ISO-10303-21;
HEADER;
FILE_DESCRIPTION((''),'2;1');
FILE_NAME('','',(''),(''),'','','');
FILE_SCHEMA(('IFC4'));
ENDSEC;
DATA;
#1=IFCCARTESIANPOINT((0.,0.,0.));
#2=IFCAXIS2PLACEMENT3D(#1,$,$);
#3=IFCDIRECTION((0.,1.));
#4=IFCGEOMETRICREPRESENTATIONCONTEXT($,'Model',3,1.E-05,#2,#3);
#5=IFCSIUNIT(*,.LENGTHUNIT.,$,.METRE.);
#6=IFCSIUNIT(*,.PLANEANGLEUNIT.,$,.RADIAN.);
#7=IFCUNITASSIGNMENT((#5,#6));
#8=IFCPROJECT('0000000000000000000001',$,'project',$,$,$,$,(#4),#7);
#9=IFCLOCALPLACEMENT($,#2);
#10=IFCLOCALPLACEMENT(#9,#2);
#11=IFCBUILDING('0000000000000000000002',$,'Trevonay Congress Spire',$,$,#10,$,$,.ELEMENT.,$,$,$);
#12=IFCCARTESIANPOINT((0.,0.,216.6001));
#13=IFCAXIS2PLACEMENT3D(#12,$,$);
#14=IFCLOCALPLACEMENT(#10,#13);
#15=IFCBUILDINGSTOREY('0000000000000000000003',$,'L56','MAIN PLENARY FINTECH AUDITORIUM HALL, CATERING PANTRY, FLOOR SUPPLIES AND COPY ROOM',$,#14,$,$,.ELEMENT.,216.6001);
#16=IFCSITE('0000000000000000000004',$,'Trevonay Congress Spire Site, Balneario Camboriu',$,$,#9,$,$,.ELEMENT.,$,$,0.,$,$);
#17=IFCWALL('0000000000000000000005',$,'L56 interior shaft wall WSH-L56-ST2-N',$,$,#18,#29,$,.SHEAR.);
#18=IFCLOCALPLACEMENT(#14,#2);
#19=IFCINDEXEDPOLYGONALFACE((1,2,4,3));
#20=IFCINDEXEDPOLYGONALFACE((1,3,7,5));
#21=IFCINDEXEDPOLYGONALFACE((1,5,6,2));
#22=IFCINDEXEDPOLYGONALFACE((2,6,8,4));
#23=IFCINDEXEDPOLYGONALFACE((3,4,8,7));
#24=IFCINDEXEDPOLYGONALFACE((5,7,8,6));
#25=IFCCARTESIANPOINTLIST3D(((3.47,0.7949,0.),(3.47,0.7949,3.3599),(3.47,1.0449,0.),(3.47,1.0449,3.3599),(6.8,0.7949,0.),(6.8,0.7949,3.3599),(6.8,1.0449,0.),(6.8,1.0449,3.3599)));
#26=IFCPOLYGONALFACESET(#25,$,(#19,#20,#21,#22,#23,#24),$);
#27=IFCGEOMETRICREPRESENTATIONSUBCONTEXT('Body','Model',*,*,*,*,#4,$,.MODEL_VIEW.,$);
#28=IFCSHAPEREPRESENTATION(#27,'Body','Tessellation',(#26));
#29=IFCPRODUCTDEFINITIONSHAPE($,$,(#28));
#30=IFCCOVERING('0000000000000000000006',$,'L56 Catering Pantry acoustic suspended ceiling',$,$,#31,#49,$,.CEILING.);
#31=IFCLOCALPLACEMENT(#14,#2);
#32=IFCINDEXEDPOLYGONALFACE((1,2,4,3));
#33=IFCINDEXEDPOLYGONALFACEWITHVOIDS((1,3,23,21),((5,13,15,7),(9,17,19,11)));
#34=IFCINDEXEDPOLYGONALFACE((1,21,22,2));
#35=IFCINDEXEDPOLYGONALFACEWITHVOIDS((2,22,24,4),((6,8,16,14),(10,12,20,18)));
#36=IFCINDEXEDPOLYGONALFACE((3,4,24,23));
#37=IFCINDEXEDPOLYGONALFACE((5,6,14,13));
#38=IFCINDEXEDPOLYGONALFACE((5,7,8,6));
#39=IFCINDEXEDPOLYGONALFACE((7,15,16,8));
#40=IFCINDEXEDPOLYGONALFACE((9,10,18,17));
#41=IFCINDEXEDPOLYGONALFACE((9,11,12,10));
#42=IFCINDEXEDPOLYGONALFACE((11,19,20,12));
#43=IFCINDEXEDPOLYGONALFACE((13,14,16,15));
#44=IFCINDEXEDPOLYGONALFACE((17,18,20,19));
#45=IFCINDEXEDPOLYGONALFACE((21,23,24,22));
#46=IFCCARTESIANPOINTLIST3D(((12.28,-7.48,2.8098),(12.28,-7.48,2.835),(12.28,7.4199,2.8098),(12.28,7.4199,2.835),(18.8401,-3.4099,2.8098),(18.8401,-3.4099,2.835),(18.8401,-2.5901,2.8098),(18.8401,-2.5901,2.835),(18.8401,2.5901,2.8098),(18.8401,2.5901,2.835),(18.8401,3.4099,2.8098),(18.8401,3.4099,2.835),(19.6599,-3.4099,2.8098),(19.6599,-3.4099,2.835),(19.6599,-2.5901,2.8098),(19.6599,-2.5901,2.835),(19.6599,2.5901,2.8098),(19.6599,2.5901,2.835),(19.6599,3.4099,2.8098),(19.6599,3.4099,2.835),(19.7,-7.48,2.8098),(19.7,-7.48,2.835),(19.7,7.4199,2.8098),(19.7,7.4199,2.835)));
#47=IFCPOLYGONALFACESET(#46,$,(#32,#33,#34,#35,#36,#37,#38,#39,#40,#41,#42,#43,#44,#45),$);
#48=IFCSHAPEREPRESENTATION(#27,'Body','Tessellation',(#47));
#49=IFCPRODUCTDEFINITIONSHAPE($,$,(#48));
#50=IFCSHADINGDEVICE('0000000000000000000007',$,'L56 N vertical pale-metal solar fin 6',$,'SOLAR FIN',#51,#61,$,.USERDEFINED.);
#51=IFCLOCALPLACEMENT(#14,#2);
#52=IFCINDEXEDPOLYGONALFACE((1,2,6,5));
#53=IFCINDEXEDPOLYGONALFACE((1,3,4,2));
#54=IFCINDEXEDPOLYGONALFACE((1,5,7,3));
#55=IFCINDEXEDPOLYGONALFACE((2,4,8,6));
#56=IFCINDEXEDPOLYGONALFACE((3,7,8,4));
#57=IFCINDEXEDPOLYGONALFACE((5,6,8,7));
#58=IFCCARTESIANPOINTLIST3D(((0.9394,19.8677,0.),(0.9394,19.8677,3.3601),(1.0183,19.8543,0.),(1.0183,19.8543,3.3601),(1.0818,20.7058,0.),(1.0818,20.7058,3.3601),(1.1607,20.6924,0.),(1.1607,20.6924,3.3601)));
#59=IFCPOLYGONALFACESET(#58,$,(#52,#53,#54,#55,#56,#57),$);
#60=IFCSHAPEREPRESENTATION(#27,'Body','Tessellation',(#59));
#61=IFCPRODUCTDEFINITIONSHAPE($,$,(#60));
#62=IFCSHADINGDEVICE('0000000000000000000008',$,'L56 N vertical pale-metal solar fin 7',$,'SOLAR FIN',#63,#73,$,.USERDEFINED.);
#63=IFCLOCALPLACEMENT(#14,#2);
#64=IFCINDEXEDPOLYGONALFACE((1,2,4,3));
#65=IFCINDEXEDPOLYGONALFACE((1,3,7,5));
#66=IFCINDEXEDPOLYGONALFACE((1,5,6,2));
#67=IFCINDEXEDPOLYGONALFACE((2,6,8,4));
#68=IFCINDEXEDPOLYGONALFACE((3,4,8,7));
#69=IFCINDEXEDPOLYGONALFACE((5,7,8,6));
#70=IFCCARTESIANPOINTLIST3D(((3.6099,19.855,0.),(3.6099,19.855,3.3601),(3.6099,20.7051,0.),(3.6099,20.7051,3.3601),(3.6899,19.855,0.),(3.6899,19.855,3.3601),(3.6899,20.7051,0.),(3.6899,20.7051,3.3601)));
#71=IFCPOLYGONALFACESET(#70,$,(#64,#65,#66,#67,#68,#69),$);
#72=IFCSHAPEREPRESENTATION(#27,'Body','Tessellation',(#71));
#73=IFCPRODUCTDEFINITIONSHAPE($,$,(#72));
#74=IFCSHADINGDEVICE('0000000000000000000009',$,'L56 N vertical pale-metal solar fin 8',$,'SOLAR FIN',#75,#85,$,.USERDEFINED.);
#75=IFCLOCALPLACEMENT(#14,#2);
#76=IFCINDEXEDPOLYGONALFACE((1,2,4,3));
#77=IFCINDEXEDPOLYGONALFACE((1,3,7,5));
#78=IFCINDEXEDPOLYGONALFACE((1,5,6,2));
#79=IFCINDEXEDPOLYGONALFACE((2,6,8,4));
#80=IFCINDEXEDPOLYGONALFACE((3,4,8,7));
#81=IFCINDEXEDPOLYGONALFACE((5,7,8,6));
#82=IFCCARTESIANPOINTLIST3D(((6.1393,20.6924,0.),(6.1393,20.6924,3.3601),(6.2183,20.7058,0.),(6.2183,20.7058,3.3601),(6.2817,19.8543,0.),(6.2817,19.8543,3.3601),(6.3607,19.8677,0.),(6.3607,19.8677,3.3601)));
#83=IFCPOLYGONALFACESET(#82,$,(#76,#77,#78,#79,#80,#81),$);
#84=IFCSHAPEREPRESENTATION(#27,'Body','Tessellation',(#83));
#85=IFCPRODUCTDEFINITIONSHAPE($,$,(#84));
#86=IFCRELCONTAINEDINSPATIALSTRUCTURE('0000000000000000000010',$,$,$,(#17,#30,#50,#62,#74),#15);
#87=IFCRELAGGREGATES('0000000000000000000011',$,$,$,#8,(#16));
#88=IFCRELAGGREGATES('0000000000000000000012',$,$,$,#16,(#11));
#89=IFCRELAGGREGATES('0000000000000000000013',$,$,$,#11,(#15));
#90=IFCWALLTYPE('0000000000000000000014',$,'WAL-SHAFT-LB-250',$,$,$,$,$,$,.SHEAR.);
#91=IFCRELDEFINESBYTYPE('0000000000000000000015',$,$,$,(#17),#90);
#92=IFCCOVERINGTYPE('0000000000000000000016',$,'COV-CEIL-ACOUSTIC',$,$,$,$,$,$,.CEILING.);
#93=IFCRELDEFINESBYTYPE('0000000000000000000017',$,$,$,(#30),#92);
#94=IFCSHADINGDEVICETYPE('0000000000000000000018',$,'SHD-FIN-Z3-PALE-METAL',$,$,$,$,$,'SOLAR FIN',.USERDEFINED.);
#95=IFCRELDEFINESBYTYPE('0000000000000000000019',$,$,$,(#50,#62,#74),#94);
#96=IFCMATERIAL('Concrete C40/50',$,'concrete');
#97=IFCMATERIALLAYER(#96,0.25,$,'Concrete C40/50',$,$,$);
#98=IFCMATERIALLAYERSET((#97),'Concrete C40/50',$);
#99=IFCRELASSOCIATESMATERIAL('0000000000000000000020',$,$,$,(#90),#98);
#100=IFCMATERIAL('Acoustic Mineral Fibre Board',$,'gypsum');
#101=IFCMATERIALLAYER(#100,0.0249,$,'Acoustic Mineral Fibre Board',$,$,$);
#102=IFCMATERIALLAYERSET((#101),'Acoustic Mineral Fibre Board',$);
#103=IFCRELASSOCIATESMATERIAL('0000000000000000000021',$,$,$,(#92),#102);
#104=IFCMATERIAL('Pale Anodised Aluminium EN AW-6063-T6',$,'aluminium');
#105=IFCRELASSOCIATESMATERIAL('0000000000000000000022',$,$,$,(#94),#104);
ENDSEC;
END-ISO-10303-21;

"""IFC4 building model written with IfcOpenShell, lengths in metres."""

from ifc_helpers import new_model, si_unit, direction, frame, frame_2d, origin, origin_2d, place, context, subcontext, project, spatial, polyline, rectangle, outline, extrude, material, layer, layer_set, type_object, element, save


model = new_model("IFC4")

# Units and contexts
model_context = context("Model", 3, precision=1e-05, world=origin(), true_north=direction((0.0, 1.0)))
body_context = subcontext(model_context, "Body", "Model", "MODEL_VIEW")
ifc_project = project(units=[si_unit("LENGTHUNIT", "METRE"), si_unit("PLANEANGLEUNIT", "RADIAN")], contexts=[model_context])

# Site, building, storey
site_placement = place(None, origin())
site = spatial("IfcSite", under=ifc_project, at=site_placement, Name="Trevonay Congress Spire Site, Balneario Camboriu", CompositionType="ELEMENT", RefElevation=0.0)
building_placement = place(site_placement, origin())
building = spatial("IfcBuilding", under=site, at=building_placement, Name="Trevonay Congress Spire", CompositionType="ELEMENT")
storey_placement = place(building_placement, frame((0.0, 0.0, 216.6001)))
storey = spatial("IfcBuildingStorey", under=building, at=storey_placement, Name="L56", Description="MAIN PLENARY FINTECH AUDITORIUM HALL, CATERING PANTRY, FLOOR SUPPLIES AND COPY ROOM", CompositionType="ELEMENT", Elevation=216.6001)

# Shared definitions
ifc_material_1 = material(Name="Pale Anodised Aluminium EN AW-6063-T6", Category="aluminium")

# Shared definitions
ifc_material_2 = material(Name="Concrete C40/50", Category="concrete")

# Wall
ifc_layer_1 = layer(ifc_material_2, 0.25, Name="Concrete C40/50")
ifc_layer_set_1 = layer_set([ifc_layer_1], Name="Concrete C40/50")
wall_type_1 = type_object("IfcWallType", Name="WAL-SHAFT-LB-250", PredefinedType="SHEAR", material=ifc_layer_set_1)
wall_1_placement = place(storey_placement, frame((3.47, 0.9199, 0.0), z_axis=(0.0, 0.0, 1.0), x_axis=(1.0, 0.0, 0.0)))
element("IfcWall", 1, at=wall_1_placement, inside=storey, type_object=wall_type_1, Name="L56 interior shaft wall WSH-L56-ST2-N", PredefinedType="SHEAR", context=body_context, shape_type="SweptSolid", body=[
    extrude(rectangle(XDim=3.3301, YDim=0.25, at=frame_2d((1.665, 0.0))), origin(), (0.0, 0.0, 1.0), 3.3599),
])

# Covering
ifc_material_3 = material(Name="Acoustic Mineral Fibre Board", Category="gypsum")
ifc_layer_2 = layer(ifc_material_3, 0.0249, Name="Acoustic Mineral Fibre Board")
ifc_layer_set_2 = layer_set([ifc_layer_2], Name="Acoustic Mineral Fibre Board")
covering_type = type_object("IfcCoveringType", Name="COV-CEIL-ACOUSTIC", PredefinedType="CEILING", material=ifc_layer_set_2)
covering_placement = place(storey_placement, frame((0.0, 0.0, 2.8098)))
element("IfcCovering", 2, at=covering_placement, inside=storey, type_object=covering_type, Name="L56 Catering Pantry acoustic suspended ceiling", PredefinedType="CEILING", context=body_context, shape_type="SweptSolid", body=[
    extrude(outline(polyline([(12.28, 7.4199), (19.7, 7.4199), (19.7, -7.48), (12.28, -7.48), (12.28, 7.4199)]), holes=[polyline([(18.8401, -3.4099), (19.6599, -3.4099), (19.6599, -2.5901), (18.8401, -2.5901), (18.8401, -3.4099)]), polyline([(18.8401, 2.5901), (19.6599, 2.5901), (19.6599, 3.4099), (18.8401, 3.4099), (18.8401, 2.5901)])]), origin(), (0.0, 0.0, 1.0), 0.0251),
])

# Shading devices
shading_device_type = type_object("IfcShadingDeviceType", Name="SHD-FIN-Z3-PALE-METAL", ElementType="SOLAR FIN", PredefinedType="USERDEFINED", material=ifc_material_1)
for number, where, z_axis, x_axis, name in (
    (3, (1.05, 20.28, 0.0), (0.0, 0.0, 1.0), (0.985879, -0.167457, 0.0), "L56 N vertical pale-metal solar fin 6"),
    (4, (3.6499, 20.28, 0.0), (0.0, 0.0, 1.0), (1.0, 0.0, 0.0), "L56 N vertical pale-metal solar fin 7"),
    (5, (6.25, 20.28, 0.0), (0.0, 0.0, 1.0), (0.985879, 0.167457, 0.0), "L56 N vertical pale-metal solar fin 8"),
):
    element("IfcShadingDevice", number, at=place(storey_placement, frame(where, z_axis=z_axis, x_axis=x_axis)), inside=storey, type_object=shading_device_type, Name=name, ObjectType="SOLAR FIN", PredefinedType="USERDEFINED", context=body_context, shape_type="SweptSolid", body=[
        extrude(rectangle(XDim=0.0801, YDim=0.8501, at=origin_2d()), origin(), (0.0, 0.0, 1.0), 3.3601),
    ])

save(model, "model.ifc")
